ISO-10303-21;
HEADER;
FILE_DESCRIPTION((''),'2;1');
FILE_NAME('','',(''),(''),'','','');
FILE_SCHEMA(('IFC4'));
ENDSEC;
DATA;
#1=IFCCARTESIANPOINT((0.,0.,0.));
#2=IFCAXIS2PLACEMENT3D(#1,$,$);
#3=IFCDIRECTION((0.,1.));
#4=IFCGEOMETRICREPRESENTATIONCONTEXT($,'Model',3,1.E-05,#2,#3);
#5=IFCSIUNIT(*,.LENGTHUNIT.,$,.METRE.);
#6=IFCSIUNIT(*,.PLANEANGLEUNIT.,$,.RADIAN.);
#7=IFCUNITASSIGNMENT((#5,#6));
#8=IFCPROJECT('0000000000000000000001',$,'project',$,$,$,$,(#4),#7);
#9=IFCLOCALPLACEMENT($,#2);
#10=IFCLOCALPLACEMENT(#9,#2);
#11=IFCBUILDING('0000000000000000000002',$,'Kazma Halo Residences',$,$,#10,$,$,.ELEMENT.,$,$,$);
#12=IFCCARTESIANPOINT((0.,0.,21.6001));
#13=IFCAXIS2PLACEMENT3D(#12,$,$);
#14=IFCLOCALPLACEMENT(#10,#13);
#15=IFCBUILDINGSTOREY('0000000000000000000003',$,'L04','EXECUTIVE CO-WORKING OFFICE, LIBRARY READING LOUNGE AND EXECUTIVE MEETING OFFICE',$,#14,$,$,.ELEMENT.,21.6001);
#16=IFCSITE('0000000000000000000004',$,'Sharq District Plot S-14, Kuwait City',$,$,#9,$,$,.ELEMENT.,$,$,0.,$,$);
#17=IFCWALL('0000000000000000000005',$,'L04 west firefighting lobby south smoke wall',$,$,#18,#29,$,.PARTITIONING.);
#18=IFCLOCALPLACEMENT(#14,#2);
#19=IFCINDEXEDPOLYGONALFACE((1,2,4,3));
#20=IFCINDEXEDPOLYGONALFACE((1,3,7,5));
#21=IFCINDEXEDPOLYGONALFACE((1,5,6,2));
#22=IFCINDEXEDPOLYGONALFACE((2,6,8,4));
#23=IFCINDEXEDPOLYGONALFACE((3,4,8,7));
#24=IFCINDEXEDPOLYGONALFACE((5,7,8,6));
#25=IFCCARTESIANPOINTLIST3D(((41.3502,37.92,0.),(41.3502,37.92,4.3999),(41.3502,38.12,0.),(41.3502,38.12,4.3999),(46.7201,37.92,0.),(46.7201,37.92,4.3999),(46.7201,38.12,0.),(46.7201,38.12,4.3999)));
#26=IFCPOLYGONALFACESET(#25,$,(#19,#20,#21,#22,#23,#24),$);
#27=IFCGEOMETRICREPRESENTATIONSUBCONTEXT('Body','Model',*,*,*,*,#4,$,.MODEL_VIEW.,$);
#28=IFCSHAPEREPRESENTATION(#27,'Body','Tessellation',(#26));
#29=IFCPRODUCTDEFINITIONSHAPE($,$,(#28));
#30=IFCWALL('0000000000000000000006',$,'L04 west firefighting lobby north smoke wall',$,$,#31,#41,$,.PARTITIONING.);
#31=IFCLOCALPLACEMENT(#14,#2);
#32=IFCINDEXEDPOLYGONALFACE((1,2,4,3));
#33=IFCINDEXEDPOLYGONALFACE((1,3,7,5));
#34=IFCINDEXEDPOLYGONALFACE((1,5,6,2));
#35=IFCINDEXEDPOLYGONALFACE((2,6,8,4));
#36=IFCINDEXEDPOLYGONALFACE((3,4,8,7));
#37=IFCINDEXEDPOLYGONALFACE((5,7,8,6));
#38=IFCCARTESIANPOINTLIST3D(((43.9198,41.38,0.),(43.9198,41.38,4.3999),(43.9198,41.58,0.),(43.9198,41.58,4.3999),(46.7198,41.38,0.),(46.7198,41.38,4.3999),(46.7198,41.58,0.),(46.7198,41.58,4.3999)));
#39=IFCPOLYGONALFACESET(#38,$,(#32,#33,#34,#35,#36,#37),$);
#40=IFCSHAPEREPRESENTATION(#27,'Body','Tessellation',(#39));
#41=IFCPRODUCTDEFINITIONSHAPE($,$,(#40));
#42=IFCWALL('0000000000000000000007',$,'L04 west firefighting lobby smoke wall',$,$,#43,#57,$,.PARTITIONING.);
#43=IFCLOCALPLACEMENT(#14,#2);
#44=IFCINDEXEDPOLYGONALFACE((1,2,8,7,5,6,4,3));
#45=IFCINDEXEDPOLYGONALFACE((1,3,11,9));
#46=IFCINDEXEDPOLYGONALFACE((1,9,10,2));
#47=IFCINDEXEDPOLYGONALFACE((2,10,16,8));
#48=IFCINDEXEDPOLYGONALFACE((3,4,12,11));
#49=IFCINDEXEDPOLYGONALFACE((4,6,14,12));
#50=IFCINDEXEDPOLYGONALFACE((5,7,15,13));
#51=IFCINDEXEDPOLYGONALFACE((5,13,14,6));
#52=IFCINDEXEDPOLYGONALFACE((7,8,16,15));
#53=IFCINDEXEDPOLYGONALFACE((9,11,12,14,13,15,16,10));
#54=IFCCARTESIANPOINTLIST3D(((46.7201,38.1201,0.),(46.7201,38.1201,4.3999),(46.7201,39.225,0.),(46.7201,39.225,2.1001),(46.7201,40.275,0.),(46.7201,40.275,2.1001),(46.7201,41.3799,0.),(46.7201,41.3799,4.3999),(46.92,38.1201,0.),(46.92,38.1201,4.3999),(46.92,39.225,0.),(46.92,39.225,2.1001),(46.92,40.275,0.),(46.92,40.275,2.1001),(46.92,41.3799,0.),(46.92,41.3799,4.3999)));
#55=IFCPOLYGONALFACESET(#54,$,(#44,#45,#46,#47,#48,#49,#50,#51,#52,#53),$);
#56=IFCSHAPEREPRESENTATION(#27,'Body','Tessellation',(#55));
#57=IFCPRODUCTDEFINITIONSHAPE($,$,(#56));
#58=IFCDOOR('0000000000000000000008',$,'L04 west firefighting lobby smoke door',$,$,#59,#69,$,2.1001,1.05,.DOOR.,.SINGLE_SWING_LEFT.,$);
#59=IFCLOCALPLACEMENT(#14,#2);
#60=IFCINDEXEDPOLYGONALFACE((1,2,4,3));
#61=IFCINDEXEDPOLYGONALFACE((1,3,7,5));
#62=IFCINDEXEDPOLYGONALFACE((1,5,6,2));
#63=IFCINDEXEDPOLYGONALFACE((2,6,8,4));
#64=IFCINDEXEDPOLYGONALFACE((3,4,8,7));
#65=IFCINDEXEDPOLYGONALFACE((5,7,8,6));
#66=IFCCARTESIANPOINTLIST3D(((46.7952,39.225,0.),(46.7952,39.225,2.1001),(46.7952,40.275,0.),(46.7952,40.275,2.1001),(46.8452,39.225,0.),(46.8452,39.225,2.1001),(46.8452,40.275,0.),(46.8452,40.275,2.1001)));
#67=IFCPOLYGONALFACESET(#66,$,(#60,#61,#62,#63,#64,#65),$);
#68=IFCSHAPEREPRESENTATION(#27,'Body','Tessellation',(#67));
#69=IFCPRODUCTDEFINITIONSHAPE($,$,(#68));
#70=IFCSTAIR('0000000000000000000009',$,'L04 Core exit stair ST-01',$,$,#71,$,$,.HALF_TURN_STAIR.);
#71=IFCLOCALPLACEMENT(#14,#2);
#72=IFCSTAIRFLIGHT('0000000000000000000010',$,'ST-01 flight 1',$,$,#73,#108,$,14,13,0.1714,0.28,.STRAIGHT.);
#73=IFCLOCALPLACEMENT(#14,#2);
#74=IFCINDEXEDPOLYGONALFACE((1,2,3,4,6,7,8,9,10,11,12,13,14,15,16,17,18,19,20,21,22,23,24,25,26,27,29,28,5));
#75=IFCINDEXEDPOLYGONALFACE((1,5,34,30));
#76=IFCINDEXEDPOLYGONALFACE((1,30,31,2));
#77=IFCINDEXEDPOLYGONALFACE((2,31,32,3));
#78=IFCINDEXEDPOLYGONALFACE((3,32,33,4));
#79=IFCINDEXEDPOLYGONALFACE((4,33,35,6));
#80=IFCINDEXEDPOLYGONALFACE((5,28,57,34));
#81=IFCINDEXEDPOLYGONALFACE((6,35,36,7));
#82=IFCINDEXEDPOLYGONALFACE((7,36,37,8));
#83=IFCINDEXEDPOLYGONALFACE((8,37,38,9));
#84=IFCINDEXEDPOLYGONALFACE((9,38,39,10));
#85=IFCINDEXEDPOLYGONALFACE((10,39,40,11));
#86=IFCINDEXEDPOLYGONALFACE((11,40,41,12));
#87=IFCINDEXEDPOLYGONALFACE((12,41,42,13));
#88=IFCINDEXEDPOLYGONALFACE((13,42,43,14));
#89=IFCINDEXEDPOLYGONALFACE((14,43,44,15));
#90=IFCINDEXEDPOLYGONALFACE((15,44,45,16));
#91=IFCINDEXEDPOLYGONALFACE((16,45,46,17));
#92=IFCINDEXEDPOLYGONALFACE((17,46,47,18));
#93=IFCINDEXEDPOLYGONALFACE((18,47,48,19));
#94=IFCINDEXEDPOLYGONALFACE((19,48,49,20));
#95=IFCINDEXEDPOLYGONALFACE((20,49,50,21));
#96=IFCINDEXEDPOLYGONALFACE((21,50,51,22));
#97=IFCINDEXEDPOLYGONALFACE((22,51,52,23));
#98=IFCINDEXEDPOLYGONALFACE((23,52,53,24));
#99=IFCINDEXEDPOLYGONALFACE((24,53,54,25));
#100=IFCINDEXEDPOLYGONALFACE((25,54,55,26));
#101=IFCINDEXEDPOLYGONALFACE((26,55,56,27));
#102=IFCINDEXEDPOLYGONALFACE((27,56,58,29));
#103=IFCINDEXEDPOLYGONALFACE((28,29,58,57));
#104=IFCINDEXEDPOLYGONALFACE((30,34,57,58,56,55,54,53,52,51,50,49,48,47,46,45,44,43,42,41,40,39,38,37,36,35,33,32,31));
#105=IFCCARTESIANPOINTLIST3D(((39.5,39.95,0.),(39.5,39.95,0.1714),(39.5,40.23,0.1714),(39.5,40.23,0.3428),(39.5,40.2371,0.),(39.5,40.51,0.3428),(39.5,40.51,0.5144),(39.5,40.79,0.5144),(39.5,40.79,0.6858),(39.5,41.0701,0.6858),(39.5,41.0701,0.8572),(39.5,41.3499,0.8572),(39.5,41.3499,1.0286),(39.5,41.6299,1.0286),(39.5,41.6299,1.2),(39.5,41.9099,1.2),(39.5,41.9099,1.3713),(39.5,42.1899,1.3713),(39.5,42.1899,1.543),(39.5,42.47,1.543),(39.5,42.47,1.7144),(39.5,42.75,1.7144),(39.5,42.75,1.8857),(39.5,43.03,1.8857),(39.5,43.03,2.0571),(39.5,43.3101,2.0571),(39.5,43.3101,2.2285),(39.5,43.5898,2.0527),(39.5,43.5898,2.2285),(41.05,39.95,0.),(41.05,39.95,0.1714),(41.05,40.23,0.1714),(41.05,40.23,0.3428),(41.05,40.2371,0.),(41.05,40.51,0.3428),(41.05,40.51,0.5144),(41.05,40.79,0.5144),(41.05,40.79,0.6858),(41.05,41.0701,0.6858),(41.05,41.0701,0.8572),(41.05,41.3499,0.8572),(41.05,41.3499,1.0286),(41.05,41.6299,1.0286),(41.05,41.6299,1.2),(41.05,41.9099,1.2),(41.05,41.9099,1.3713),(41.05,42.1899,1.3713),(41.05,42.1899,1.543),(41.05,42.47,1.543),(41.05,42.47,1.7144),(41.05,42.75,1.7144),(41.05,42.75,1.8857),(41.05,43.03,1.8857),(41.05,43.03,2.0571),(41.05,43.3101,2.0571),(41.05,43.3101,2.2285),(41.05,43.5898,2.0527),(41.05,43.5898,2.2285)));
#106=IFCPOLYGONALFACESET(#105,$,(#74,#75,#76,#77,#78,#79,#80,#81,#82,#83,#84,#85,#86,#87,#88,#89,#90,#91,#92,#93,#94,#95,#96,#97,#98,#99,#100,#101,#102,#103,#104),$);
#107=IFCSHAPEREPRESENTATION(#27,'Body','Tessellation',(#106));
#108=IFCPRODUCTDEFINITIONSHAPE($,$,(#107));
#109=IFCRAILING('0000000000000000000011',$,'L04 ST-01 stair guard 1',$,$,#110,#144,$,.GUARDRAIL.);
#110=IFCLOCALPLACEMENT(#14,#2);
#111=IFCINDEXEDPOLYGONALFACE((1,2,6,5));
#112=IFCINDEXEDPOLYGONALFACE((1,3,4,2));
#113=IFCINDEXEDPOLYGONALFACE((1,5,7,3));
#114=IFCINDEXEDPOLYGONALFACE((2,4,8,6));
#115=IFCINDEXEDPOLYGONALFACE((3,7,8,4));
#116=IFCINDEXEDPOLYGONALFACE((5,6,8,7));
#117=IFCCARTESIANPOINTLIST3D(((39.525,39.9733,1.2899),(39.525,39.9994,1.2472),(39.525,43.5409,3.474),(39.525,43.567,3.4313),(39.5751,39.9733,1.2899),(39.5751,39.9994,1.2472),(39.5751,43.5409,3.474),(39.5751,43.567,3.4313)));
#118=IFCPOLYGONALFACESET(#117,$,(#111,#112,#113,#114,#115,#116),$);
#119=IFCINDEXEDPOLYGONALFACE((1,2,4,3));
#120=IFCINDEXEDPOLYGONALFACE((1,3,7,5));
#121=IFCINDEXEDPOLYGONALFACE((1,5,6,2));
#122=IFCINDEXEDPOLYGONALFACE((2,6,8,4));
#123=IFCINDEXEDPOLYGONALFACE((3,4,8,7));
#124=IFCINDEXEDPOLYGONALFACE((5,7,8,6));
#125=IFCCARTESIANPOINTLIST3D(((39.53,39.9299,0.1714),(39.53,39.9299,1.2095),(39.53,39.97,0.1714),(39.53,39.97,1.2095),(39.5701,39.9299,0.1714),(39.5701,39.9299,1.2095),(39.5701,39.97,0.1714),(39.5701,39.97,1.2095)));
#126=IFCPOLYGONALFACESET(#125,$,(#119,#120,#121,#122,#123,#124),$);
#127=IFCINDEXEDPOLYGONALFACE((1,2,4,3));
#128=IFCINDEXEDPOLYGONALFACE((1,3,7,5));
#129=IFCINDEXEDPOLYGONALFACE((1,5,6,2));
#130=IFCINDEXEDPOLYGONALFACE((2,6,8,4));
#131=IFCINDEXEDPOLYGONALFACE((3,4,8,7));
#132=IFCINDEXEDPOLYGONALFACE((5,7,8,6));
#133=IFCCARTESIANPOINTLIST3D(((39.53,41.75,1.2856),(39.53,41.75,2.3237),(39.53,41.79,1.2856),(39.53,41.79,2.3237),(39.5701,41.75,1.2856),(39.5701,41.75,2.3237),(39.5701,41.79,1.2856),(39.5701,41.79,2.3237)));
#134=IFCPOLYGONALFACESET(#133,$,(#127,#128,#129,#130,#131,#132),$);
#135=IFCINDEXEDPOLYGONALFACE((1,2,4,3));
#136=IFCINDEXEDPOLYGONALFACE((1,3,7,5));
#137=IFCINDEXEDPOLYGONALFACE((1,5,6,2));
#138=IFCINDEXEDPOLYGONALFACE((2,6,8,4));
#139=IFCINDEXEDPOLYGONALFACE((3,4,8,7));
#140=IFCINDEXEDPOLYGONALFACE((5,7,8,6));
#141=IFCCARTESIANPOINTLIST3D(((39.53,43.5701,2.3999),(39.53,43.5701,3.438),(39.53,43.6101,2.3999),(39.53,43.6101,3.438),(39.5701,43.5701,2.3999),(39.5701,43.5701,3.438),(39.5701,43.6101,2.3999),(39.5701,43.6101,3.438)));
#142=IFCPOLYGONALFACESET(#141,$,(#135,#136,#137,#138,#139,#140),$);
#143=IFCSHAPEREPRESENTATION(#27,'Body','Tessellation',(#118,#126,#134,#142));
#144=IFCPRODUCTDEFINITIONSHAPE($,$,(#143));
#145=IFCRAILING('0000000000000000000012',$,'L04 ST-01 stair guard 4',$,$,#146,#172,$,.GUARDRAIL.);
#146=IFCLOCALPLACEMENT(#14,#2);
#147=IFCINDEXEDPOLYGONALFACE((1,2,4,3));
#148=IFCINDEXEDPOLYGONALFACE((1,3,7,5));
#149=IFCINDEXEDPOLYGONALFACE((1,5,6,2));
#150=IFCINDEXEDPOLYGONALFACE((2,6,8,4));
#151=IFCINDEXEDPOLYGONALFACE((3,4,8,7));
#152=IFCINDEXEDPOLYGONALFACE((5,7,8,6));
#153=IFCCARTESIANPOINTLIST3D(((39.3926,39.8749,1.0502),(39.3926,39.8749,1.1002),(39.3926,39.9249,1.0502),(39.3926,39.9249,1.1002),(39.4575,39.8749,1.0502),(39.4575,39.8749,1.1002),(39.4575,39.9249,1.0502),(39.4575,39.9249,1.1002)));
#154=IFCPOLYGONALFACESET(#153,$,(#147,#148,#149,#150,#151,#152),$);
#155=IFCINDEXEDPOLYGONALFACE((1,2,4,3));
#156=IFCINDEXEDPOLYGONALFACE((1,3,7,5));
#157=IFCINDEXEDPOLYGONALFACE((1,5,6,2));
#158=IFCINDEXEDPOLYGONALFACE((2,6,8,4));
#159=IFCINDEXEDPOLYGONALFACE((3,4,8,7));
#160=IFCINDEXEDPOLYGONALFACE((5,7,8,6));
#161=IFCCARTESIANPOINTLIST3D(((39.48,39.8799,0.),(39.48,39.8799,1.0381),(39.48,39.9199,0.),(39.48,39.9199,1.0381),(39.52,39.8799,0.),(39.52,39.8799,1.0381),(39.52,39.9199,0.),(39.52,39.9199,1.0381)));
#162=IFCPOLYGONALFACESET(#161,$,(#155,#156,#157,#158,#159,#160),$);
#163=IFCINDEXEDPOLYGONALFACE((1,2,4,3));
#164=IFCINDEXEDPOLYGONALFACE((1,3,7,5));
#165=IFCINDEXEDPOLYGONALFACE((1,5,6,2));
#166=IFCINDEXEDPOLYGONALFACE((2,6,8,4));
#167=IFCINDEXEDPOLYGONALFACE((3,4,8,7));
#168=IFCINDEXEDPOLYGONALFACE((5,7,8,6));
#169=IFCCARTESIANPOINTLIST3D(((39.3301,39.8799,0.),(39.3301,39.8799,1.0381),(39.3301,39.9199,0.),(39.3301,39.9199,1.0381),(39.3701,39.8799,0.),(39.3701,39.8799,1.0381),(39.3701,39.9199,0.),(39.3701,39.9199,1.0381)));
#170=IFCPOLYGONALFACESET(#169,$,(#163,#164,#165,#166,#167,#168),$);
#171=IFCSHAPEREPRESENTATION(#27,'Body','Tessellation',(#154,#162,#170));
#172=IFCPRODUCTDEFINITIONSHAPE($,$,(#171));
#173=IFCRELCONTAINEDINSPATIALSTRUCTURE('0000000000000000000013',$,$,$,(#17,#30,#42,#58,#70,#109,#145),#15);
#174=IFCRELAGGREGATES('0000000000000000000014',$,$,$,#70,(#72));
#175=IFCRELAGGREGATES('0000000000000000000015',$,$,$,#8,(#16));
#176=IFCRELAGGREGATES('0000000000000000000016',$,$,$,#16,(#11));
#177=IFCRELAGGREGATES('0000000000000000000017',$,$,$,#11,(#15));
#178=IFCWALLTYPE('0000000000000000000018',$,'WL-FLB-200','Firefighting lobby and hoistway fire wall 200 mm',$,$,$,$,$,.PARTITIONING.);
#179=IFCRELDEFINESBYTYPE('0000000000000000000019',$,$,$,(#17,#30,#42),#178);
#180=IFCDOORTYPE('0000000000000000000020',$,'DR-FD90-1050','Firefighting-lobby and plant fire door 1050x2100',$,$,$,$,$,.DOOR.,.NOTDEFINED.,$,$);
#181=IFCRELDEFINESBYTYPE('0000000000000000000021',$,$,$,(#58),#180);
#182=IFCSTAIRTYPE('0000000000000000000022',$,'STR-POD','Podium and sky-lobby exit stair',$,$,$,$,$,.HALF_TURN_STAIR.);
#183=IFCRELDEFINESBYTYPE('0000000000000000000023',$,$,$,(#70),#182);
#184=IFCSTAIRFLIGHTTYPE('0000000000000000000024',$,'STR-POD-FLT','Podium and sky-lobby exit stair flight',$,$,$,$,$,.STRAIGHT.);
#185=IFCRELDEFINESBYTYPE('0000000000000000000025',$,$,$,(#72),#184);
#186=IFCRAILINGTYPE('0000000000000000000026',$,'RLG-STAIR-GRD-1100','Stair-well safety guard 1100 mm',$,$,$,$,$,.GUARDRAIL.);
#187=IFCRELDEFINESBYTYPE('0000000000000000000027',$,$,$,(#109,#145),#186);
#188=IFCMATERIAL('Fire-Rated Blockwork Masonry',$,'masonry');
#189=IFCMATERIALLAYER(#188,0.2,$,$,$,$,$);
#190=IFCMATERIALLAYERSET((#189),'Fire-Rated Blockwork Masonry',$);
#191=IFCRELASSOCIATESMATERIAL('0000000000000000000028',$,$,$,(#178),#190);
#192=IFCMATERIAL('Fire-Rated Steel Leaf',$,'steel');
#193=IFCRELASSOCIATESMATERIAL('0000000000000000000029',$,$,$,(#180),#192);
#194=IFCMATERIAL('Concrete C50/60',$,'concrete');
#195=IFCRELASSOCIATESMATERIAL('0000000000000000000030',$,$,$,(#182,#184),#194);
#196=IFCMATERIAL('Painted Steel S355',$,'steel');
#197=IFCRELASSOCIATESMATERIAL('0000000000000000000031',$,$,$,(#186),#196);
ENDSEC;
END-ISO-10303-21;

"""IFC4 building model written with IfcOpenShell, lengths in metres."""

from ifc_helpers import new_model, si_unit, direction, frame, frame_2d, origin, origin_2d, place, context, subcontext, project, spatial, polyline, rectangle, outline, extrude, material, layer, layer_set, type_object, element, fill, aggregate, save


model = new_model("IFC4")

# Units and contexts
model_context = context("Model", 3, precision=1e-05, world=origin(), true_north=direction((0.0, 1.0)))
body_context = subcontext(model_context, "Body", "Model", "MODEL_VIEW")
ifc_project = project(units=[si_unit("LENGTHUNIT", "METRE"), si_unit("PLANEANGLEUNIT", "RADIAN")], contexts=[model_context])

# Site, building, storey
site_placement = place(None, origin())
site = spatial("IfcSite", under=ifc_project, at=site_placement, Name="Sharq District Plot S-14, Kuwait City", CompositionType="ELEMENT", RefElevation=0.0)
building_placement = place(site_placement, origin())
building = spatial("IfcBuilding", under=site, at=building_placement, Name="Kazma Halo Residences", CompositionType="ELEMENT")
storey_placement = place(building_placement, frame((0.0, 0.0, 21.6001)))
storey = spatial("IfcBuildingStorey", under=building, at=storey_placement, Name="L04", Description="EXECUTIVE CO-WORKING OFFICE, LIBRARY READING LOUNGE AND EXECUTIVE MEETING OFFICE", CompositionType="ELEMENT", Elevation=21.6001)

# Shared definitions
ifc_material_1 = material(Name="Fire-Rated Blockwork Masonry", Category="masonry")
ifc_layer_1 = layer(ifc_material_1, 0.2)
ifc_layer_set_1 = layer_set([ifc_layer_1], Name="Fire-Rated Blockwork Masonry")
wall_type_1 = type_object("IfcWallType", Name="WL-FLB-200", Description="Firefighting lobby and hoistway fire wall 200 mm", PredefinedType="PARTITIONING", material=ifc_layer_set_1)

# Walls
wall_1_placement = place(storey_placement, frame((41.3501, 38.02, 0.0), z_axis=(0.0, 0.0, 1.0), x_axis=(1.0, 0.0, 0.0)))
element("IfcWall", 1, at=wall_1_placement, inside=storey, type_object=wall_type_1, Name="L04 west firefighting lobby south smoke wall", PredefinedType="PARTITIONING", context=body_context, shape_type="SweptSolid", body=[
    extrude(rectangle(XDim=5.3699, YDim=0.2, at=frame_2d((2.6851, 0.0))), origin(), (0.0, 0.0, 1.0), 4.3999),
])
wall_2_placement = place(storey_placement, frame((43.9199, 41.48, 0.0), z_axis=(0.0, 0.0, 1.0), x_axis=(1.0, 0.0, 0.0)))
element("IfcWall", 2, at=wall_2_placement, inside=storey, type_object=wall_type_1, Name="L04 west firefighting lobby north smoke wall", PredefinedType="PARTITIONING", context=body_context, shape_type="SweptSolid", body=[
    extrude(rectangle(XDim=2.8, YDim=0.2, at=frame_2d((1.3999, 0.0))), origin(), (0.0, 0.0, 1.0), 4.3999),
])

# Wall, opening, door
wall_3_placement = place(storey_placement, frame((46.8201, 38.1201, 0.0), z_axis=(0.0, 0.0, 1.0), x_axis=(0.0, 1.0, 0.0)))
wall_3 = element("IfcWall", 3, at=wall_3_placement, inside=storey, type_object=wall_type_1, Name="L04 west firefighting lobby smoke wall", PredefinedType="PARTITIONING", context=body_context, shape_type="SweptSolid", body=[
    extrude(rectangle(XDim=3.2598, YDim=0.2, at=frame_2d((1.6299, 0.0))), origin(), (0.0, 0.0, 1.0), 4.3999),
])
opening_1_placement = place(wall_3_placement, frame((1.105, 0.0, 0.0)))
opening_1 = element("IfcOpeningElement", 4, at=opening_1_placement, cuts=wall_3, PredefinedType="OPENING", context=body_context, shape_type="SweptSolid", body=[
    extrude(rectangle(XDim=1.05, YDim=2.1001, at=frame_2d((0.5249, 1.05))), frame((0.0, 0.1099, 0.0), z_axis=(0.0, -1.0, 0.0), x_axis=(1.0, 0.0, 0.0)), (0.0, 0.0, 1.0), 0.22),
])
ifc_material_2 = material(Name="Fire-Rated Steel Leaf", Category="steel")
door_type_1 = type_object("IfcDoorType", Name="DR-FD90-1050", Description="Firefighting-lobby and plant fire door 1050x2100", OperationType="NOTDEFINED", PredefinedType="DOOR", material=ifc_material_2)
door_1_placement = place(opening_1_placement, origin())
door_1 = element("IfcDoor", 5, at=door_1_placement, inside=storey, type_object=door_type_1, Name="L04 west firefighting lobby smoke door", OperationType="SINGLE_SWING_LEFT", OverallHeight=2.1001, OverallWidth=1.05, PredefinedType="DOOR", context=body_context, shape_type="SweptSolid", body=[
    extrude(rectangle(XDim=1.05, YDim=2.1001, at=frame_2d((0.5249, 1.05))), frame((0.0, 0.0249, 0.0), z_axis=(0.0, -1.0, 0.0), x_axis=(1.0, 0.0, 0.0)), (0.0, 0.0, 1.0), 0.05),
])
fill(opening_1, door_1)
ifc_material_3 = material(Name="Concrete C50/60", Category="concrete")

# Stair, stair flight
stair_type = type_object("IfcStairType", Name="STR-POD", Description="Podium and sky-lobby exit stair", PredefinedType="HALF_TURN_STAIR", material=ifc_material_3)
stair_placement = place(storey_placement, origin())
stair = element("IfcStair", 6, at=stair_placement, inside=storey, type_object=stair_type, Name="L04 Core exit stair ST-01", PredefinedType="HALF_TURN_STAIR")
stair_flight_type = type_object("IfcStairFlightType", Name="STR-POD-FLT", Description="Podium and sky-lobby exit stair flight", PredefinedType="STRAIGHT", material=ifc_material_3)
stair_flight_placement = place(storey_placement, frame((40.2749, 39.95, 0.0), z_axis=(0.0, 0.0, 1.0), x_axis=(0.0, 1.0, 0.0)))
stair_flight = element("IfcStairFlight", 7, at=stair_flight_placement, type_object=stair_flight_type, Name="ST-01 flight 1", NumberOfRisers=14, NumberOfTreads=13, PredefinedType="STRAIGHT", RiserHeight=0.1714, TreadLength=0.28, context=body_context, shape_type="SweptSolid", body=[
    extrude(outline(polyline([(0.0, 0.0), (0.0, 0.1714), (0.28, 0.1714), (0.28, 0.3428), (0.5601, 0.3428), (0.5601, 0.5144), (0.8401, 0.5144), (0.8401, 0.6858), (1.1201, 0.6858), (1.1201, 0.8572), (1.3999, 0.8572), (1.3999, 1.0286), (1.6799, 1.0286), (1.6799, 1.2), (1.96, 1.2), (1.96, 1.3713), (2.24, 1.3713), (2.24, 1.543), (2.52, 1.543), (2.52, 1.7144), (2.8, 1.7144), (2.8, 1.8857), (3.0801, 1.8857), (3.0801, 2.0571), (3.3601, 2.0571), (3.3601, 2.2285), (3.6399, 2.2285), (3.6399, 2.3999), (3.6399, 2.0527), (0.2871, 0.0), (0.0, 0.0)])), frame((0.0, 0.7749, 0.0), z_axis=(0.0, -1.0, 0.0), x_axis=(1.0, 0.0, 0.0)), (0.0, 0.0, 1.0), 1.55),
])
aggregate(stair, [stair_flight])

# Railings
ifc_material_4 = material(Name="Painted Steel S355", Category="steel")
railing_type_1 = type_object("IfcRailingType", Name="RLG-STAIR-GRD-1100", Description="Stair-well safety guard 1100 mm", PredefinedType="GUARDRAIL", material=ifc_material_4)
railing_1_placement = place(storey_placement, frame((39.55, 39.95, 0.1714)))
element("IfcRailing", 8, at=railing_1_placement, inside=storey, type_object=railing_type_1, Name="L04 ST-01 stair guard 1", PredefinedType="GUARDRAIL", context=body_context, shape_type="SweptSolid", body=[
    extrude(rectangle(XDim=0.05, YDim=0.05, at=origin_2d()), frame((0.0, 0.0364, 1.0972), z_axis=(0.0, 0.852866, 0.52213), x_axis=(-1.0, 0.0, 0.0)), (0.0, 0.0, 1.0), 4.1831),
    extrude(rectangle(XDim=0.04, YDim=0.04, at=origin_2d()), origin(), (0.0, 0.0, 1.0), 1.0381),
    extrude(rectangle(XDim=0.04, YDim=0.04, at=origin_2d()), frame((0.0, 1.8201, 1.1143)), (0.0, 0.0, 1.0), 1.0381),
    extrude(rectangle(XDim=0.04, YDim=0.04, at=origin_2d()), frame((0.0, 3.6401, 2.2285)), (0.0, 0.0, 1.0), 1.0381),
])
railing_2_placement = place(storey_placement, frame((39.5, 39.8999, 0.0)))
element("IfcRailing", 9, at=railing_2_placement, inside=storey, type_object=railing_type_1, Name="L04 ST-01 stair guard 4", PredefinedType="GUARDRAIL", context=body_context, shape_type="SweptSolid", body=[
    extrude(rectangle(XDim=0.05, YDim=0.05, at=origin_2d()), frame((-0.0425, 0.0, 1.0752), z_axis=(-1.0, 0.0, 0.0), x_axis=(0.0, -1.0, 0.0)), (0.0, 0.0, 1.0), 0.0649),
    extrude(rectangle(XDim=0.04, YDim=0.04, at=origin_2d()), origin(), (0.0, 0.0, 1.0), 1.0381),
    extrude(rectangle(XDim=0.04, YDim=0.04, at=origin_2d()), frame((-0.1499, 0.0, 0.0)), (0.0, 0.0, 1.0), 1.0381),
])

save(model, "model.ifc")
